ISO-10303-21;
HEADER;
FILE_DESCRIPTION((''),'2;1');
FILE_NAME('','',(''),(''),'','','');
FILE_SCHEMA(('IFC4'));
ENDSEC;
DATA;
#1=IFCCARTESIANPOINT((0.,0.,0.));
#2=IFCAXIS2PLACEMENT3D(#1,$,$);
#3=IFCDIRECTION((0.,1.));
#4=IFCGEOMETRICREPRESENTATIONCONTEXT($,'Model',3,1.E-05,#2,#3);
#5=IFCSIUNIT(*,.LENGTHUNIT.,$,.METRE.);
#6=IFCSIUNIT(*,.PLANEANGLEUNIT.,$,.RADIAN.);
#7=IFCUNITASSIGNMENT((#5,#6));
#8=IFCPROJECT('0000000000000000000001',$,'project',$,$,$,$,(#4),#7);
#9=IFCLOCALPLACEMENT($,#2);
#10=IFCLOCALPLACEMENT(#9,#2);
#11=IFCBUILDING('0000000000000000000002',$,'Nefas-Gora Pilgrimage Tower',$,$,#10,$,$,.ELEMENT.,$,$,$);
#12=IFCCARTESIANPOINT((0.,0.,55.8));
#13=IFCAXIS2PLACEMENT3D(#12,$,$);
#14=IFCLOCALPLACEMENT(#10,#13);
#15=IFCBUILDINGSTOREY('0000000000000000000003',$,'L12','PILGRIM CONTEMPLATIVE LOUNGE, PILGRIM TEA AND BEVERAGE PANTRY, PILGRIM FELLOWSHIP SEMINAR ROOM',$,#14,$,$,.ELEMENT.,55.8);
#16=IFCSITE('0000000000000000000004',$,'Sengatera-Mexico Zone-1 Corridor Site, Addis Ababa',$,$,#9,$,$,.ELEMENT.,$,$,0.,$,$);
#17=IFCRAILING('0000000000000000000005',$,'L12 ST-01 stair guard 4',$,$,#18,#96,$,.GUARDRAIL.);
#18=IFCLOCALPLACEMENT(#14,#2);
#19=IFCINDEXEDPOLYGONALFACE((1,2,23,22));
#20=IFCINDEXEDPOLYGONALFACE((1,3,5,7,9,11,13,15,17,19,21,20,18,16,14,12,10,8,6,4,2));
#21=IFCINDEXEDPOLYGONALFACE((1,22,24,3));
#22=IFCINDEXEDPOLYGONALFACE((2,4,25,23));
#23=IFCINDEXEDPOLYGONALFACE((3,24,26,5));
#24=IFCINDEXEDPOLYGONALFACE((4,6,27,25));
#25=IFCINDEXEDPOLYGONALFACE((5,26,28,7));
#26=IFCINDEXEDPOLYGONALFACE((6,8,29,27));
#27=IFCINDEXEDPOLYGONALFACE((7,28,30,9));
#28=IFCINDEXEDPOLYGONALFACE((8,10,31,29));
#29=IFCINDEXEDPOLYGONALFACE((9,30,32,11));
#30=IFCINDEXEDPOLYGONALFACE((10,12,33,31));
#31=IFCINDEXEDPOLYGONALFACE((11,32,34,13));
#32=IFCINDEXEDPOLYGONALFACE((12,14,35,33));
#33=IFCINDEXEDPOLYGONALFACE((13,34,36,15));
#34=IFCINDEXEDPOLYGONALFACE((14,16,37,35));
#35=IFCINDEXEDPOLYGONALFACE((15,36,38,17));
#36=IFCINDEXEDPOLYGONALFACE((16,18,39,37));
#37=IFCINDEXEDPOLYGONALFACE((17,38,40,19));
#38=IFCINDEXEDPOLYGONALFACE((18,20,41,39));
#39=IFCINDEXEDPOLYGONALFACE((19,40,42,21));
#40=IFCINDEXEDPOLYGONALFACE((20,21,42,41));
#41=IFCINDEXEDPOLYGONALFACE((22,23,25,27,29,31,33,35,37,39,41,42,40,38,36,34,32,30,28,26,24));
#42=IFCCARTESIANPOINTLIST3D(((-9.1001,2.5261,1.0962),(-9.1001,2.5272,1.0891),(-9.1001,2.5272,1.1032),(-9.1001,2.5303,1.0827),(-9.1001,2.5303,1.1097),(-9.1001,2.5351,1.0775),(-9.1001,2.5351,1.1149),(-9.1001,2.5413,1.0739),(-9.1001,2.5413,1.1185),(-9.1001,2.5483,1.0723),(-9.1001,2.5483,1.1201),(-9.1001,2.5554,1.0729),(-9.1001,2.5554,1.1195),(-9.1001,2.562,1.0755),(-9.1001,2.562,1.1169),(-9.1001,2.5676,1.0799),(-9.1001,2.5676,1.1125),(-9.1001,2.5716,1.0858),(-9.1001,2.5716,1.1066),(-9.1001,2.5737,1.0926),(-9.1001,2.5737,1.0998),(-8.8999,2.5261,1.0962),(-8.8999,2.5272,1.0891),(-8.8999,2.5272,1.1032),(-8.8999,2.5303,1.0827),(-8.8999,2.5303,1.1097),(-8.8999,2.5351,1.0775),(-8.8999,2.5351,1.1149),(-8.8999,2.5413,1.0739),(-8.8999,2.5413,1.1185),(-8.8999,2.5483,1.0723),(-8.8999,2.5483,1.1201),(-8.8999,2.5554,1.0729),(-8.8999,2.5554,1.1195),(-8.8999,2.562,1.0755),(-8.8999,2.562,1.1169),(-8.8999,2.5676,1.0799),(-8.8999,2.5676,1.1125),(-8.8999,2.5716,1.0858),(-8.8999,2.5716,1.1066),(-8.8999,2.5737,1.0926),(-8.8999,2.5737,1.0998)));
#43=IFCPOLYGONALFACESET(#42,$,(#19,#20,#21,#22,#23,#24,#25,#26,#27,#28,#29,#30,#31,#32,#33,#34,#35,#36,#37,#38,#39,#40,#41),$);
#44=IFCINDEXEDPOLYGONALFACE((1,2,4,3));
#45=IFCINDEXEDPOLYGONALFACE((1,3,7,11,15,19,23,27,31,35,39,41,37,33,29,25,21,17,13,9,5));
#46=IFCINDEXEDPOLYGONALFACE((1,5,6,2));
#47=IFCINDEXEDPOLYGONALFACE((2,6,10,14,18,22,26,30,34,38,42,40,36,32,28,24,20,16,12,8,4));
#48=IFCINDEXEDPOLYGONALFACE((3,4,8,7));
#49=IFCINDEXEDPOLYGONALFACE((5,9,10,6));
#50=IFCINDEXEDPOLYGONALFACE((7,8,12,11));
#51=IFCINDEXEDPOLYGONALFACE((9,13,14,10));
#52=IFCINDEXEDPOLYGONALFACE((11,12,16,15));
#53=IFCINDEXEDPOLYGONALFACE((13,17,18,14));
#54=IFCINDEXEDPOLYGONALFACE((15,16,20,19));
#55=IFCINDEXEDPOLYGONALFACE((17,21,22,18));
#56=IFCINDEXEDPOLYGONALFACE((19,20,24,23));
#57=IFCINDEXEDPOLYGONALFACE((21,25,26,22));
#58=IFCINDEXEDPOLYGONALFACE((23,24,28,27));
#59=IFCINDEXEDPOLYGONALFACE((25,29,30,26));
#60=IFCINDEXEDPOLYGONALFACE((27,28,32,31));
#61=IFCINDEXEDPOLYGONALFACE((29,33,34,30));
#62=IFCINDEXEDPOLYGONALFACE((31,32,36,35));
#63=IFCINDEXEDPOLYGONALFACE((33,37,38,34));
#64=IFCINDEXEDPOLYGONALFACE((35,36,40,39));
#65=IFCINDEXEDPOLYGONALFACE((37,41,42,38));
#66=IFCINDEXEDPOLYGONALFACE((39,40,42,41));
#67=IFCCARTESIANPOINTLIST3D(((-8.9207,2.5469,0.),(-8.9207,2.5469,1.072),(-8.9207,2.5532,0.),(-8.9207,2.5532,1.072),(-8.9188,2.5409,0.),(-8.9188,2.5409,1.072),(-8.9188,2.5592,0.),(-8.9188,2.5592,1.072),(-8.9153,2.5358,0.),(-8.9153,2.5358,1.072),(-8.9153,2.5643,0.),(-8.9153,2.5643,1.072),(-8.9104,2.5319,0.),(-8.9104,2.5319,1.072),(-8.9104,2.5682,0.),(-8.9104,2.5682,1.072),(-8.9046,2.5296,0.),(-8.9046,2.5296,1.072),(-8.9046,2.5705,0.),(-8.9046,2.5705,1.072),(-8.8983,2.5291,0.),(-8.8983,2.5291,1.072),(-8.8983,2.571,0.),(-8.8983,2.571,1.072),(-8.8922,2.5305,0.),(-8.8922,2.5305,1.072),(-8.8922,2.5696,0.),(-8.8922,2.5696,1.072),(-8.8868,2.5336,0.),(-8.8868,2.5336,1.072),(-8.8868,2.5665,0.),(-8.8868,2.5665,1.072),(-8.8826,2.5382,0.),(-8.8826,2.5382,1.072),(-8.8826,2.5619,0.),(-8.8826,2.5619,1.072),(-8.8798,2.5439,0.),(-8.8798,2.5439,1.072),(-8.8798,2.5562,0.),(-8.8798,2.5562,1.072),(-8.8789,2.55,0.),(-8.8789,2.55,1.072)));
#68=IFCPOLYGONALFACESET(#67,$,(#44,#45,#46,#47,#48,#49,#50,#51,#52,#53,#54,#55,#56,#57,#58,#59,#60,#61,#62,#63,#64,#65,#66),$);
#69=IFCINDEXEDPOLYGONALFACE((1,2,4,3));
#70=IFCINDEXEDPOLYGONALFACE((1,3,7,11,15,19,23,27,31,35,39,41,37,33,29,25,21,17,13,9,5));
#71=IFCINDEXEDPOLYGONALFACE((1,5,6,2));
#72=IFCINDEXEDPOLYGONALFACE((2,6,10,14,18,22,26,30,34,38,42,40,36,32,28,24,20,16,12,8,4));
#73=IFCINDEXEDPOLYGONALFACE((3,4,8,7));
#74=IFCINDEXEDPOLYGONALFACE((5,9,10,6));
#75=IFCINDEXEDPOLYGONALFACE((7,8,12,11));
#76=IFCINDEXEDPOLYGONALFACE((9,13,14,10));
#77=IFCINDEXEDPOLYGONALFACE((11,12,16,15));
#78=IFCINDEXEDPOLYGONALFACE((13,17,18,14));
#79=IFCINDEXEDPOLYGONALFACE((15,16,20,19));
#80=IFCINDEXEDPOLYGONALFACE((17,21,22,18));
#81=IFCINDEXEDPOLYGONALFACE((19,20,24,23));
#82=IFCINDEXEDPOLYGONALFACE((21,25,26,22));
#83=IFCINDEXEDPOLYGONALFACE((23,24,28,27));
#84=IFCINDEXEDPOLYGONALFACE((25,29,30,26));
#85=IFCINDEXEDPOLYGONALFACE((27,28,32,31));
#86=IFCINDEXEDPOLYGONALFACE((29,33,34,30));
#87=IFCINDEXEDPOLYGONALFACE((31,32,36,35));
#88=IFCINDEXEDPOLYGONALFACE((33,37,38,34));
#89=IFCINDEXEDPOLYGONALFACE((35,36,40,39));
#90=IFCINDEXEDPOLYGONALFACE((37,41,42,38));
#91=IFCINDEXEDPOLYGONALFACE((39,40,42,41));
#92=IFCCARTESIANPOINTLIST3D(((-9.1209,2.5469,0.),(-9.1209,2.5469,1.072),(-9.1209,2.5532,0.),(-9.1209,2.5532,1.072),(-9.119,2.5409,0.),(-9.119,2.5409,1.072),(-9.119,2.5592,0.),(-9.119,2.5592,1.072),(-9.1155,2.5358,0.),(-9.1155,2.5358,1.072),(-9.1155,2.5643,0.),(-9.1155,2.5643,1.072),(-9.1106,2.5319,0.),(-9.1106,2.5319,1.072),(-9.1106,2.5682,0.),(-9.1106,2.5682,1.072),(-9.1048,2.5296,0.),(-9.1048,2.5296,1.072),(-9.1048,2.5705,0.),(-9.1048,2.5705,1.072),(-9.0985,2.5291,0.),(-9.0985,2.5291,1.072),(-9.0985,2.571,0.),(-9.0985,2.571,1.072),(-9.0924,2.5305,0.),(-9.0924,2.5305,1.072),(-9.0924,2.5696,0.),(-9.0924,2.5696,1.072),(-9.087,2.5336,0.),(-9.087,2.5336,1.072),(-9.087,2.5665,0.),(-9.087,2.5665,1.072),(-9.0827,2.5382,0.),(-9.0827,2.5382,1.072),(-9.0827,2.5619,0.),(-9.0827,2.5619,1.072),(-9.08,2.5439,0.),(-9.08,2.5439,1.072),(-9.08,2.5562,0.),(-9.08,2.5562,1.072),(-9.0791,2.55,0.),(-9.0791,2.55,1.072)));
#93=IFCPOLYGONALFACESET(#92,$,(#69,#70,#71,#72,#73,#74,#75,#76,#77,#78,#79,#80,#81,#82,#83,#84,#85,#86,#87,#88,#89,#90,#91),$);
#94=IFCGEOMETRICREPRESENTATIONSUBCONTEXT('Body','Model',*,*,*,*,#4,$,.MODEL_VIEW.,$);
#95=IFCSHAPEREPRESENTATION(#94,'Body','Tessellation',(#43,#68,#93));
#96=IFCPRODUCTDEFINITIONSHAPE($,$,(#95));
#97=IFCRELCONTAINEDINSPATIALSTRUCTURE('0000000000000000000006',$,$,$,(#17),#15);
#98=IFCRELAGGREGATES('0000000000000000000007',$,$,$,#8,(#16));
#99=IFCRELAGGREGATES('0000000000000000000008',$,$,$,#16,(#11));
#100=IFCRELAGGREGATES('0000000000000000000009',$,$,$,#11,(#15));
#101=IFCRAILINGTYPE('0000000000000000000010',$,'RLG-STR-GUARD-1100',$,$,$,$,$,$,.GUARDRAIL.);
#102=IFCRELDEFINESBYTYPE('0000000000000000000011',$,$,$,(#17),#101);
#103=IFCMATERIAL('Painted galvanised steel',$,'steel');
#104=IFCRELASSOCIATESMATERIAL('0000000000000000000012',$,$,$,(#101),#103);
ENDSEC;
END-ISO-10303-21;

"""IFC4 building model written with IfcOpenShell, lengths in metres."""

from ifc_helpers import new_model, si_unit, direction, frame, origin, origin_2d, place, context, subcontext, project, spatial, circle, extrude, material, type_object, element, save


model = new_model("IFC4")

# Units and contexts
model_context = context("Model", 3, precision=1e-05, world=origin(), true_north=direction((0.0, 1.0)))
body_context = subcontext(model_context, "Body", "Model", "MODEL_VIEW")
ifc_project = project(units=[si_unit("LENGTHUNIT", "METRE"), si_unit("PLANEANGLEUNIT", "RADIAN")], contexts=[model_context])

# Site, building, storey
site_placement = place(None, origin())
site = spatial("IfcSite", under=ifc_project, at=site_placement, Name="Sengatera-Mexico Zone-1 Corridor Site, Addis Ababa", CompositionType="ELEMENT", RefElevation=0.0)
building_placement = place(site_placement, origin())
building = spatial("IfcBuilding", under=site, at=building_placement, Name="Nefas-Gora Pilgrimage Tower", CompositionType="ELEMENT")
storey_placement = place(building_placement, frame((0.0, 0.0, 55.8)))
storey = spatial("IfcBuildingStorey", under=building, at=storey_placement, Name="L12", Description="PILGRIM CONTEMPLATIVE LOUNGE, PILGRIM TEA AND BEVERAGE PANTRY, PILGRIM FELLOWSHIP SEMINAR ROOM", CompositionType="ELEMENT", Elevation=55.8)

# Railing
ifc_material_1 = material(Name="Painted galvanised steel", Category="steel")
railing_type_1 = type_object("IfcRailingType", Name="RLG-STR-GUARD-1100", PredefinedType="GUARDRAIL", material=ifc_material_1)
railing_1_placement = place(storey_placement, frame((-8.8999, 2.55, 0.0)))
element("IfcRailing", 1, at=railing_1_placement, inside=storey, type_object=railing_type_1, Name="L12 ST-01 stair guard 4", PredefinedType="GUARDRAIL", context=body_context, shape_type="SweptSolid", body=[
    extrude(circle(Radius=0.0239, at=origin_2d()), frame((0.0, 0.0, 1.0962), z_axis=(-1.0, 0.0, 0.0), x_axis=(0.0, -1.0, 0.0)), (0.0, 0.0, 1.0), 0.2002),
    extrude(circle(Radius=0.021, at=origin_2d()), origin(), (0.0, 0.0, 1.0), 1.072),
    extrude(circle(Radius=0.021, at=origin_2d()), frame((-0.2002, 0.0, 0.0)), (0.0, 0.0, 1.0), 1.072),
])

save(model, "model.ifc")
